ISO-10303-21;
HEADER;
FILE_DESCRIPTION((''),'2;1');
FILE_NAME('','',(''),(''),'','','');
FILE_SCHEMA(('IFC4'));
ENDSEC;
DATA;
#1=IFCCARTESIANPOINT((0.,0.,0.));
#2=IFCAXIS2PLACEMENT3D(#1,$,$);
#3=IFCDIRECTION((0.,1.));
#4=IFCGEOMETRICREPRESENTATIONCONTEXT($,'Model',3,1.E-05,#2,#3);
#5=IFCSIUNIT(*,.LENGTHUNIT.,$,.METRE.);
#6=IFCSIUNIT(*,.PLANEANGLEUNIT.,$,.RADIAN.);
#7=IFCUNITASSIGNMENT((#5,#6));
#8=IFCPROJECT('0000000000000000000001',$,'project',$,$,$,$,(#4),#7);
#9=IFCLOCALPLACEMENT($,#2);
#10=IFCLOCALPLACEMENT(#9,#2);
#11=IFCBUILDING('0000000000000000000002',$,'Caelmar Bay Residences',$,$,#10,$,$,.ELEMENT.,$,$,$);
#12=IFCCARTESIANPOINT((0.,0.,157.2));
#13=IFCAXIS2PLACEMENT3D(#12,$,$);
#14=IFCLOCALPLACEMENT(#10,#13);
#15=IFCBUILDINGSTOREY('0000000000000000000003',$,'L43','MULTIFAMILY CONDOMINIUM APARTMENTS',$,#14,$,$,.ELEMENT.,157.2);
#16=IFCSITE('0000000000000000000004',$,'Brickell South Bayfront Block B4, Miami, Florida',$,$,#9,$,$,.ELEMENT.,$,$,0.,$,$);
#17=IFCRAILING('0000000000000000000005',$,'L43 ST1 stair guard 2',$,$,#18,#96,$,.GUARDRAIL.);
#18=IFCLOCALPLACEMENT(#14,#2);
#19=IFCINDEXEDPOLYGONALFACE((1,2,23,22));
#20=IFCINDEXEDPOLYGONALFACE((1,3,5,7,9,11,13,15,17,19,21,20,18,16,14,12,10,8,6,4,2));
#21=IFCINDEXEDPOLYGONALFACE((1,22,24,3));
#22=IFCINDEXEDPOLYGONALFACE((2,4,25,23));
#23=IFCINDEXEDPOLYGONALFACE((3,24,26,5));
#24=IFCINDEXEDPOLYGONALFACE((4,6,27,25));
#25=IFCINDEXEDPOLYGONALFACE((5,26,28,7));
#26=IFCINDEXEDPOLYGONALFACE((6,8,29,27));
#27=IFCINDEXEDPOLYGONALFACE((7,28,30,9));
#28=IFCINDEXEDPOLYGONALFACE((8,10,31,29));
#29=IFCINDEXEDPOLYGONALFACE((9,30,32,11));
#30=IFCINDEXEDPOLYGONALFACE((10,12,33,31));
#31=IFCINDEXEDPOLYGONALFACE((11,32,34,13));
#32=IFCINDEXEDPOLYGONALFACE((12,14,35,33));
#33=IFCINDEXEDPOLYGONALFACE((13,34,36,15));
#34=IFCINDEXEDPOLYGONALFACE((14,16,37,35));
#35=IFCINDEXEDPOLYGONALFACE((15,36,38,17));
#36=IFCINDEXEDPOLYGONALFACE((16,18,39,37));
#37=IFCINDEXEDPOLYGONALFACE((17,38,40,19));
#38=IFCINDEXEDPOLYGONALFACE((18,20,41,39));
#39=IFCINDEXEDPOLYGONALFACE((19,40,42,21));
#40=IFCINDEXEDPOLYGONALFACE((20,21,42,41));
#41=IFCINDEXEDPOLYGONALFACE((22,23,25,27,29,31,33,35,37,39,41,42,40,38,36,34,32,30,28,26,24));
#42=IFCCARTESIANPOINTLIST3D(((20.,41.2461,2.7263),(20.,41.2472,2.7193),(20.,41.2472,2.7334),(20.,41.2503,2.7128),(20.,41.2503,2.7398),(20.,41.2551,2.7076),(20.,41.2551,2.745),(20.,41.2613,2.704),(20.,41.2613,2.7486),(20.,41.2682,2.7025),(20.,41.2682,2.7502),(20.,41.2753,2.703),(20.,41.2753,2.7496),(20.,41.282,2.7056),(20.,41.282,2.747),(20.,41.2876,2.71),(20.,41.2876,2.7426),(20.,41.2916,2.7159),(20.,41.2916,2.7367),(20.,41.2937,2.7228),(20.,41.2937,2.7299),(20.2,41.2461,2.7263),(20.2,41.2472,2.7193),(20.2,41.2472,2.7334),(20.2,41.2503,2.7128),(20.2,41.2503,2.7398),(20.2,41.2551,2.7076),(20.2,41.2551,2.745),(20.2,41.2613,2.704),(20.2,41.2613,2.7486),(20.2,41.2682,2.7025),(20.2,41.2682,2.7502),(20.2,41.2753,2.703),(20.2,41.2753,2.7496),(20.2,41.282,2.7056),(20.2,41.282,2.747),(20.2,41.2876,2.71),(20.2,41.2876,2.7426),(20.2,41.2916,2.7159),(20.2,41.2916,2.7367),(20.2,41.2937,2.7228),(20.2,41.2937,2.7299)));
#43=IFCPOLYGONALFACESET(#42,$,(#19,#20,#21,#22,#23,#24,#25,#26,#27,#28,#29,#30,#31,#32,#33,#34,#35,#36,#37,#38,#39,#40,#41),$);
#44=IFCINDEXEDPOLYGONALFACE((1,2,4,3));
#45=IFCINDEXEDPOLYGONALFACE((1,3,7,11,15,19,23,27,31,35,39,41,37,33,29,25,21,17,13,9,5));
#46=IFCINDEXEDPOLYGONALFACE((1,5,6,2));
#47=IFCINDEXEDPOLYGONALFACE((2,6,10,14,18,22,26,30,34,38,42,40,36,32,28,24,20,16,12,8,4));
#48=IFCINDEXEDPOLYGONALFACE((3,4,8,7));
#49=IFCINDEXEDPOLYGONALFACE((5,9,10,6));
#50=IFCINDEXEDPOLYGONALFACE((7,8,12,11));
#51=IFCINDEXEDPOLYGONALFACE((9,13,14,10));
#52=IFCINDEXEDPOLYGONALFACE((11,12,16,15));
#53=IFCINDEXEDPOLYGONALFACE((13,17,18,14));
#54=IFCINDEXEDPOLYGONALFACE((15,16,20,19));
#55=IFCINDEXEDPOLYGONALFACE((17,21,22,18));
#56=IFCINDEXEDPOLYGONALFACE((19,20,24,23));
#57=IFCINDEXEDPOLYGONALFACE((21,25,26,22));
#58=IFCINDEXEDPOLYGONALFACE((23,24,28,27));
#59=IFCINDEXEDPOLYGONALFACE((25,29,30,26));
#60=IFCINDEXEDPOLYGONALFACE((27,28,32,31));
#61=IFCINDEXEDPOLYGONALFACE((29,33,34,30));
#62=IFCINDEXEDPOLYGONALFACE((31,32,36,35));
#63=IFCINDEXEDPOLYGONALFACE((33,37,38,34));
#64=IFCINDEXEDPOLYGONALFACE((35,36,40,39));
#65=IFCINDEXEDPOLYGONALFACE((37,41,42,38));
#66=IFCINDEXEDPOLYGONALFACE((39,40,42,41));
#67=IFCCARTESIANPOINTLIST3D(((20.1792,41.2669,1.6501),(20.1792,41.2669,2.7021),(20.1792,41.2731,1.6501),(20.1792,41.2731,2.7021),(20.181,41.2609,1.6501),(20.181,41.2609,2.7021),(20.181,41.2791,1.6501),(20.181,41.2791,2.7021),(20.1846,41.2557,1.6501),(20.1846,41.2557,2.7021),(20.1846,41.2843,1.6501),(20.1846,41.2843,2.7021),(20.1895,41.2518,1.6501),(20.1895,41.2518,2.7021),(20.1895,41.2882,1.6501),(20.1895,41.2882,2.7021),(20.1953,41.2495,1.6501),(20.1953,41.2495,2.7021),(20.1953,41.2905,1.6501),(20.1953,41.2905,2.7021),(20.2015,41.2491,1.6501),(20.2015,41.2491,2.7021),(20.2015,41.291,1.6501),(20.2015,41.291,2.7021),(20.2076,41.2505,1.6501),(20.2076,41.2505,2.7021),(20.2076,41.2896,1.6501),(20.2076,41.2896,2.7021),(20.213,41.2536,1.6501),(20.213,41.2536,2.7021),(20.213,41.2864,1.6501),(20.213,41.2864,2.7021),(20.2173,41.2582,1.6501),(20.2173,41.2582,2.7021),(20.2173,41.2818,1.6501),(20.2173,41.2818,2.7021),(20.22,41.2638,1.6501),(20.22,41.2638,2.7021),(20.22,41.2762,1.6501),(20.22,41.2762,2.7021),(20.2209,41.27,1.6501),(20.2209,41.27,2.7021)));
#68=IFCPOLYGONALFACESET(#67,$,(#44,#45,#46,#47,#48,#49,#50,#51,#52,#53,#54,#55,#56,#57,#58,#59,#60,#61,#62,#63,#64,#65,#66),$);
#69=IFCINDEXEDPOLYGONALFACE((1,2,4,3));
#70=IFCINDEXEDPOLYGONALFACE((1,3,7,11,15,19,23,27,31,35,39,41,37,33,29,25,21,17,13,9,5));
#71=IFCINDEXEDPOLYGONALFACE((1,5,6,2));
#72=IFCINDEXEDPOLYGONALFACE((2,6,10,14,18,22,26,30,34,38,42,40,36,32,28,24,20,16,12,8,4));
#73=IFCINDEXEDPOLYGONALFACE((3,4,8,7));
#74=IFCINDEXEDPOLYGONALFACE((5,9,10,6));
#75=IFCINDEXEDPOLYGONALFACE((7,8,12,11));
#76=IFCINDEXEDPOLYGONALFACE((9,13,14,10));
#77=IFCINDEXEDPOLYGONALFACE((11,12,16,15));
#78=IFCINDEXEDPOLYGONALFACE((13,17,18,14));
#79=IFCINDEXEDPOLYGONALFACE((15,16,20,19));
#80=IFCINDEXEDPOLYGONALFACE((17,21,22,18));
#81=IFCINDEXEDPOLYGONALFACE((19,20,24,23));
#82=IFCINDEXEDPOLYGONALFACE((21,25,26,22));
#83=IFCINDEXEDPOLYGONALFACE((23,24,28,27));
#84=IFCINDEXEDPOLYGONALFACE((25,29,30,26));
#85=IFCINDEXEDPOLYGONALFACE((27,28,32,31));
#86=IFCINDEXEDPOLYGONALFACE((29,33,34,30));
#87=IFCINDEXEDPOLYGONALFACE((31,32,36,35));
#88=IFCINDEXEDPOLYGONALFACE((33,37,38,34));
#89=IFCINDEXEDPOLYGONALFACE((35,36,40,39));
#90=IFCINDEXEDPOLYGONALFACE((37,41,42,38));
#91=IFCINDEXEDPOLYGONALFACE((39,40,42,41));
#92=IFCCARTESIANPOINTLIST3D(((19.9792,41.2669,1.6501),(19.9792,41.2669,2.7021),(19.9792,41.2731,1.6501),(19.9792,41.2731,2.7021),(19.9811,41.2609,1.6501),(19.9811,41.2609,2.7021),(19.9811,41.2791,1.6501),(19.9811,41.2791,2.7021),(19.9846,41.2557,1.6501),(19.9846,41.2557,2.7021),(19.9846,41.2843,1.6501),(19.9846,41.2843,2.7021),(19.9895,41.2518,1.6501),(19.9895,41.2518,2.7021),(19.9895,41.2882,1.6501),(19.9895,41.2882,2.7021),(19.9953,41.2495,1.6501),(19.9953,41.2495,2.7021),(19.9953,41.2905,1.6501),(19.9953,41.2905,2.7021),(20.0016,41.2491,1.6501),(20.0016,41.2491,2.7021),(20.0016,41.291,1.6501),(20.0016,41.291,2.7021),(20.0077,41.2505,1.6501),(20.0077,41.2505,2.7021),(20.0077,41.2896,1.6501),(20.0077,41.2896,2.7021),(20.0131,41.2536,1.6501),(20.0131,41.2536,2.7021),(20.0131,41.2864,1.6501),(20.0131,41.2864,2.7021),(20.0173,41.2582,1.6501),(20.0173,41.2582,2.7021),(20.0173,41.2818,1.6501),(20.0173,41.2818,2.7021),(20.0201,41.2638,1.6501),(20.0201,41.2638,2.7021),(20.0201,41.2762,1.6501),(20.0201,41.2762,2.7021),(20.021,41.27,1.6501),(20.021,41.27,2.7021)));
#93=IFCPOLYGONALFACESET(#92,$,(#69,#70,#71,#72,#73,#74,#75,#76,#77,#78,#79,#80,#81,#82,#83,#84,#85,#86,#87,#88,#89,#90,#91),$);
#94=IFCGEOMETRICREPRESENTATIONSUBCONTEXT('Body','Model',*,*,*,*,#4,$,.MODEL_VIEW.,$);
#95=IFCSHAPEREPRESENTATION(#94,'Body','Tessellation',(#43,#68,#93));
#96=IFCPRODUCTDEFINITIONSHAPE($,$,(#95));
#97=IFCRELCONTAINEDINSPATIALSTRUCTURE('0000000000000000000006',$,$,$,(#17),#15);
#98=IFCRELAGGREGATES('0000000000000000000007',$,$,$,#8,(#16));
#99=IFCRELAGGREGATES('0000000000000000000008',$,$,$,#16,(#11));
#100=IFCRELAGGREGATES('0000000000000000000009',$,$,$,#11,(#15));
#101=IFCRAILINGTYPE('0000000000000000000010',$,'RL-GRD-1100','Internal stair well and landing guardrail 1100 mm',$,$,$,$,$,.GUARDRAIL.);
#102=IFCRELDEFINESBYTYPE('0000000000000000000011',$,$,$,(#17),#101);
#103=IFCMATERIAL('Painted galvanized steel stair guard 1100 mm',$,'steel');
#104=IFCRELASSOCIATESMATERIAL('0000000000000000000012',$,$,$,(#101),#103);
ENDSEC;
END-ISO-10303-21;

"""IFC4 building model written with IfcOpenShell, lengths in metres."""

from ifc_helpers import new_model, si_unit, direction, frame, origin, origin_2d, place, context, subcontext, project, spatial, circle, extrude, material, type_object, element, save


model = new_model("IFC4")

# Units and contexts
model_context = context("Model", 3, precision=1e-05, world=origin(), true_north=direction((0.0, 1.0)))
body_context = subcontext(model_context, "Body", "Model", "MODEL_VIEW")
ifc_project = project(units=[si_unit("LENGTHUNIT", "METRE"), si_unit("PLANEANGLEUNIT", "RADIAN")], contexts=[model_context])

# Site, building, storey
site_placement = place(None, origin())
site = spatial("IfcSite", under=ifc_project, at=site_placement, Name="Brickell South Bayfront Block B4, Miami, Florida", CompositionType="ELEMENT", RefElevation=0.0)
building_placement = place(site_placement, origin())
building = spatial("IfcBuilding", under=site, at=building_placement, Name="Caelmar Bay Residences", CompositionType="ELEMENT")
storey_placement = place(building_placement, frame((0.0, 0.0, 157.2)))
storey = spatial("IfcBuildingStorey", under=building, at=storey_placement, Name="L43", Description="MULTIFAMILY CONDOMINIUM APARTMENTS", CompositionType="ELEMENT", Elevation=157.2)

# Railing
ifc_material_1 = material(Name="Painted galvanized steel stair guard 1100 mm", Category="steel")
railing_type_1 = type_object("IfcRailingType", Name="RL-GRD-1100", Description="Internal stair well and landing guardrail 1100 mm", PredefinedType="GUARDRAIL", material=ifc_material_1)
railing_1_placement = place(storey_placement, frame((20.2, 41.27, 1.6501)))
element("IfcRailing", 1, at=railing_1_placement, inside=storey, type_object=railing_type_1, Name="L43 ST1 stair guard 2", PredefinedType="GUARDRAIL", context=body_context, shape_type="SweptSolid", body=[
    extrude(circle(Radius=0.0239, at=origin_2d()), frame((0.0, 0.0, 1.0762), z_axis=(-1.0, 0.0, 0.0), x_axis=(0.0, -1.0, 0.0)), (0.0, 0.0, 1.0), 0.2),
    extrude(circle(Radius=0.021, at=origin_2d()), origin(), (0.0, 0.0, 1.0), 1.052),
    extrude(circle(Radius=0.021, at=origin_2d()), frame((-0.2, 0.0, 0.0)), (0.0, 0.0, 1.0), 1.052),
])

save(model, "model.ifc")
